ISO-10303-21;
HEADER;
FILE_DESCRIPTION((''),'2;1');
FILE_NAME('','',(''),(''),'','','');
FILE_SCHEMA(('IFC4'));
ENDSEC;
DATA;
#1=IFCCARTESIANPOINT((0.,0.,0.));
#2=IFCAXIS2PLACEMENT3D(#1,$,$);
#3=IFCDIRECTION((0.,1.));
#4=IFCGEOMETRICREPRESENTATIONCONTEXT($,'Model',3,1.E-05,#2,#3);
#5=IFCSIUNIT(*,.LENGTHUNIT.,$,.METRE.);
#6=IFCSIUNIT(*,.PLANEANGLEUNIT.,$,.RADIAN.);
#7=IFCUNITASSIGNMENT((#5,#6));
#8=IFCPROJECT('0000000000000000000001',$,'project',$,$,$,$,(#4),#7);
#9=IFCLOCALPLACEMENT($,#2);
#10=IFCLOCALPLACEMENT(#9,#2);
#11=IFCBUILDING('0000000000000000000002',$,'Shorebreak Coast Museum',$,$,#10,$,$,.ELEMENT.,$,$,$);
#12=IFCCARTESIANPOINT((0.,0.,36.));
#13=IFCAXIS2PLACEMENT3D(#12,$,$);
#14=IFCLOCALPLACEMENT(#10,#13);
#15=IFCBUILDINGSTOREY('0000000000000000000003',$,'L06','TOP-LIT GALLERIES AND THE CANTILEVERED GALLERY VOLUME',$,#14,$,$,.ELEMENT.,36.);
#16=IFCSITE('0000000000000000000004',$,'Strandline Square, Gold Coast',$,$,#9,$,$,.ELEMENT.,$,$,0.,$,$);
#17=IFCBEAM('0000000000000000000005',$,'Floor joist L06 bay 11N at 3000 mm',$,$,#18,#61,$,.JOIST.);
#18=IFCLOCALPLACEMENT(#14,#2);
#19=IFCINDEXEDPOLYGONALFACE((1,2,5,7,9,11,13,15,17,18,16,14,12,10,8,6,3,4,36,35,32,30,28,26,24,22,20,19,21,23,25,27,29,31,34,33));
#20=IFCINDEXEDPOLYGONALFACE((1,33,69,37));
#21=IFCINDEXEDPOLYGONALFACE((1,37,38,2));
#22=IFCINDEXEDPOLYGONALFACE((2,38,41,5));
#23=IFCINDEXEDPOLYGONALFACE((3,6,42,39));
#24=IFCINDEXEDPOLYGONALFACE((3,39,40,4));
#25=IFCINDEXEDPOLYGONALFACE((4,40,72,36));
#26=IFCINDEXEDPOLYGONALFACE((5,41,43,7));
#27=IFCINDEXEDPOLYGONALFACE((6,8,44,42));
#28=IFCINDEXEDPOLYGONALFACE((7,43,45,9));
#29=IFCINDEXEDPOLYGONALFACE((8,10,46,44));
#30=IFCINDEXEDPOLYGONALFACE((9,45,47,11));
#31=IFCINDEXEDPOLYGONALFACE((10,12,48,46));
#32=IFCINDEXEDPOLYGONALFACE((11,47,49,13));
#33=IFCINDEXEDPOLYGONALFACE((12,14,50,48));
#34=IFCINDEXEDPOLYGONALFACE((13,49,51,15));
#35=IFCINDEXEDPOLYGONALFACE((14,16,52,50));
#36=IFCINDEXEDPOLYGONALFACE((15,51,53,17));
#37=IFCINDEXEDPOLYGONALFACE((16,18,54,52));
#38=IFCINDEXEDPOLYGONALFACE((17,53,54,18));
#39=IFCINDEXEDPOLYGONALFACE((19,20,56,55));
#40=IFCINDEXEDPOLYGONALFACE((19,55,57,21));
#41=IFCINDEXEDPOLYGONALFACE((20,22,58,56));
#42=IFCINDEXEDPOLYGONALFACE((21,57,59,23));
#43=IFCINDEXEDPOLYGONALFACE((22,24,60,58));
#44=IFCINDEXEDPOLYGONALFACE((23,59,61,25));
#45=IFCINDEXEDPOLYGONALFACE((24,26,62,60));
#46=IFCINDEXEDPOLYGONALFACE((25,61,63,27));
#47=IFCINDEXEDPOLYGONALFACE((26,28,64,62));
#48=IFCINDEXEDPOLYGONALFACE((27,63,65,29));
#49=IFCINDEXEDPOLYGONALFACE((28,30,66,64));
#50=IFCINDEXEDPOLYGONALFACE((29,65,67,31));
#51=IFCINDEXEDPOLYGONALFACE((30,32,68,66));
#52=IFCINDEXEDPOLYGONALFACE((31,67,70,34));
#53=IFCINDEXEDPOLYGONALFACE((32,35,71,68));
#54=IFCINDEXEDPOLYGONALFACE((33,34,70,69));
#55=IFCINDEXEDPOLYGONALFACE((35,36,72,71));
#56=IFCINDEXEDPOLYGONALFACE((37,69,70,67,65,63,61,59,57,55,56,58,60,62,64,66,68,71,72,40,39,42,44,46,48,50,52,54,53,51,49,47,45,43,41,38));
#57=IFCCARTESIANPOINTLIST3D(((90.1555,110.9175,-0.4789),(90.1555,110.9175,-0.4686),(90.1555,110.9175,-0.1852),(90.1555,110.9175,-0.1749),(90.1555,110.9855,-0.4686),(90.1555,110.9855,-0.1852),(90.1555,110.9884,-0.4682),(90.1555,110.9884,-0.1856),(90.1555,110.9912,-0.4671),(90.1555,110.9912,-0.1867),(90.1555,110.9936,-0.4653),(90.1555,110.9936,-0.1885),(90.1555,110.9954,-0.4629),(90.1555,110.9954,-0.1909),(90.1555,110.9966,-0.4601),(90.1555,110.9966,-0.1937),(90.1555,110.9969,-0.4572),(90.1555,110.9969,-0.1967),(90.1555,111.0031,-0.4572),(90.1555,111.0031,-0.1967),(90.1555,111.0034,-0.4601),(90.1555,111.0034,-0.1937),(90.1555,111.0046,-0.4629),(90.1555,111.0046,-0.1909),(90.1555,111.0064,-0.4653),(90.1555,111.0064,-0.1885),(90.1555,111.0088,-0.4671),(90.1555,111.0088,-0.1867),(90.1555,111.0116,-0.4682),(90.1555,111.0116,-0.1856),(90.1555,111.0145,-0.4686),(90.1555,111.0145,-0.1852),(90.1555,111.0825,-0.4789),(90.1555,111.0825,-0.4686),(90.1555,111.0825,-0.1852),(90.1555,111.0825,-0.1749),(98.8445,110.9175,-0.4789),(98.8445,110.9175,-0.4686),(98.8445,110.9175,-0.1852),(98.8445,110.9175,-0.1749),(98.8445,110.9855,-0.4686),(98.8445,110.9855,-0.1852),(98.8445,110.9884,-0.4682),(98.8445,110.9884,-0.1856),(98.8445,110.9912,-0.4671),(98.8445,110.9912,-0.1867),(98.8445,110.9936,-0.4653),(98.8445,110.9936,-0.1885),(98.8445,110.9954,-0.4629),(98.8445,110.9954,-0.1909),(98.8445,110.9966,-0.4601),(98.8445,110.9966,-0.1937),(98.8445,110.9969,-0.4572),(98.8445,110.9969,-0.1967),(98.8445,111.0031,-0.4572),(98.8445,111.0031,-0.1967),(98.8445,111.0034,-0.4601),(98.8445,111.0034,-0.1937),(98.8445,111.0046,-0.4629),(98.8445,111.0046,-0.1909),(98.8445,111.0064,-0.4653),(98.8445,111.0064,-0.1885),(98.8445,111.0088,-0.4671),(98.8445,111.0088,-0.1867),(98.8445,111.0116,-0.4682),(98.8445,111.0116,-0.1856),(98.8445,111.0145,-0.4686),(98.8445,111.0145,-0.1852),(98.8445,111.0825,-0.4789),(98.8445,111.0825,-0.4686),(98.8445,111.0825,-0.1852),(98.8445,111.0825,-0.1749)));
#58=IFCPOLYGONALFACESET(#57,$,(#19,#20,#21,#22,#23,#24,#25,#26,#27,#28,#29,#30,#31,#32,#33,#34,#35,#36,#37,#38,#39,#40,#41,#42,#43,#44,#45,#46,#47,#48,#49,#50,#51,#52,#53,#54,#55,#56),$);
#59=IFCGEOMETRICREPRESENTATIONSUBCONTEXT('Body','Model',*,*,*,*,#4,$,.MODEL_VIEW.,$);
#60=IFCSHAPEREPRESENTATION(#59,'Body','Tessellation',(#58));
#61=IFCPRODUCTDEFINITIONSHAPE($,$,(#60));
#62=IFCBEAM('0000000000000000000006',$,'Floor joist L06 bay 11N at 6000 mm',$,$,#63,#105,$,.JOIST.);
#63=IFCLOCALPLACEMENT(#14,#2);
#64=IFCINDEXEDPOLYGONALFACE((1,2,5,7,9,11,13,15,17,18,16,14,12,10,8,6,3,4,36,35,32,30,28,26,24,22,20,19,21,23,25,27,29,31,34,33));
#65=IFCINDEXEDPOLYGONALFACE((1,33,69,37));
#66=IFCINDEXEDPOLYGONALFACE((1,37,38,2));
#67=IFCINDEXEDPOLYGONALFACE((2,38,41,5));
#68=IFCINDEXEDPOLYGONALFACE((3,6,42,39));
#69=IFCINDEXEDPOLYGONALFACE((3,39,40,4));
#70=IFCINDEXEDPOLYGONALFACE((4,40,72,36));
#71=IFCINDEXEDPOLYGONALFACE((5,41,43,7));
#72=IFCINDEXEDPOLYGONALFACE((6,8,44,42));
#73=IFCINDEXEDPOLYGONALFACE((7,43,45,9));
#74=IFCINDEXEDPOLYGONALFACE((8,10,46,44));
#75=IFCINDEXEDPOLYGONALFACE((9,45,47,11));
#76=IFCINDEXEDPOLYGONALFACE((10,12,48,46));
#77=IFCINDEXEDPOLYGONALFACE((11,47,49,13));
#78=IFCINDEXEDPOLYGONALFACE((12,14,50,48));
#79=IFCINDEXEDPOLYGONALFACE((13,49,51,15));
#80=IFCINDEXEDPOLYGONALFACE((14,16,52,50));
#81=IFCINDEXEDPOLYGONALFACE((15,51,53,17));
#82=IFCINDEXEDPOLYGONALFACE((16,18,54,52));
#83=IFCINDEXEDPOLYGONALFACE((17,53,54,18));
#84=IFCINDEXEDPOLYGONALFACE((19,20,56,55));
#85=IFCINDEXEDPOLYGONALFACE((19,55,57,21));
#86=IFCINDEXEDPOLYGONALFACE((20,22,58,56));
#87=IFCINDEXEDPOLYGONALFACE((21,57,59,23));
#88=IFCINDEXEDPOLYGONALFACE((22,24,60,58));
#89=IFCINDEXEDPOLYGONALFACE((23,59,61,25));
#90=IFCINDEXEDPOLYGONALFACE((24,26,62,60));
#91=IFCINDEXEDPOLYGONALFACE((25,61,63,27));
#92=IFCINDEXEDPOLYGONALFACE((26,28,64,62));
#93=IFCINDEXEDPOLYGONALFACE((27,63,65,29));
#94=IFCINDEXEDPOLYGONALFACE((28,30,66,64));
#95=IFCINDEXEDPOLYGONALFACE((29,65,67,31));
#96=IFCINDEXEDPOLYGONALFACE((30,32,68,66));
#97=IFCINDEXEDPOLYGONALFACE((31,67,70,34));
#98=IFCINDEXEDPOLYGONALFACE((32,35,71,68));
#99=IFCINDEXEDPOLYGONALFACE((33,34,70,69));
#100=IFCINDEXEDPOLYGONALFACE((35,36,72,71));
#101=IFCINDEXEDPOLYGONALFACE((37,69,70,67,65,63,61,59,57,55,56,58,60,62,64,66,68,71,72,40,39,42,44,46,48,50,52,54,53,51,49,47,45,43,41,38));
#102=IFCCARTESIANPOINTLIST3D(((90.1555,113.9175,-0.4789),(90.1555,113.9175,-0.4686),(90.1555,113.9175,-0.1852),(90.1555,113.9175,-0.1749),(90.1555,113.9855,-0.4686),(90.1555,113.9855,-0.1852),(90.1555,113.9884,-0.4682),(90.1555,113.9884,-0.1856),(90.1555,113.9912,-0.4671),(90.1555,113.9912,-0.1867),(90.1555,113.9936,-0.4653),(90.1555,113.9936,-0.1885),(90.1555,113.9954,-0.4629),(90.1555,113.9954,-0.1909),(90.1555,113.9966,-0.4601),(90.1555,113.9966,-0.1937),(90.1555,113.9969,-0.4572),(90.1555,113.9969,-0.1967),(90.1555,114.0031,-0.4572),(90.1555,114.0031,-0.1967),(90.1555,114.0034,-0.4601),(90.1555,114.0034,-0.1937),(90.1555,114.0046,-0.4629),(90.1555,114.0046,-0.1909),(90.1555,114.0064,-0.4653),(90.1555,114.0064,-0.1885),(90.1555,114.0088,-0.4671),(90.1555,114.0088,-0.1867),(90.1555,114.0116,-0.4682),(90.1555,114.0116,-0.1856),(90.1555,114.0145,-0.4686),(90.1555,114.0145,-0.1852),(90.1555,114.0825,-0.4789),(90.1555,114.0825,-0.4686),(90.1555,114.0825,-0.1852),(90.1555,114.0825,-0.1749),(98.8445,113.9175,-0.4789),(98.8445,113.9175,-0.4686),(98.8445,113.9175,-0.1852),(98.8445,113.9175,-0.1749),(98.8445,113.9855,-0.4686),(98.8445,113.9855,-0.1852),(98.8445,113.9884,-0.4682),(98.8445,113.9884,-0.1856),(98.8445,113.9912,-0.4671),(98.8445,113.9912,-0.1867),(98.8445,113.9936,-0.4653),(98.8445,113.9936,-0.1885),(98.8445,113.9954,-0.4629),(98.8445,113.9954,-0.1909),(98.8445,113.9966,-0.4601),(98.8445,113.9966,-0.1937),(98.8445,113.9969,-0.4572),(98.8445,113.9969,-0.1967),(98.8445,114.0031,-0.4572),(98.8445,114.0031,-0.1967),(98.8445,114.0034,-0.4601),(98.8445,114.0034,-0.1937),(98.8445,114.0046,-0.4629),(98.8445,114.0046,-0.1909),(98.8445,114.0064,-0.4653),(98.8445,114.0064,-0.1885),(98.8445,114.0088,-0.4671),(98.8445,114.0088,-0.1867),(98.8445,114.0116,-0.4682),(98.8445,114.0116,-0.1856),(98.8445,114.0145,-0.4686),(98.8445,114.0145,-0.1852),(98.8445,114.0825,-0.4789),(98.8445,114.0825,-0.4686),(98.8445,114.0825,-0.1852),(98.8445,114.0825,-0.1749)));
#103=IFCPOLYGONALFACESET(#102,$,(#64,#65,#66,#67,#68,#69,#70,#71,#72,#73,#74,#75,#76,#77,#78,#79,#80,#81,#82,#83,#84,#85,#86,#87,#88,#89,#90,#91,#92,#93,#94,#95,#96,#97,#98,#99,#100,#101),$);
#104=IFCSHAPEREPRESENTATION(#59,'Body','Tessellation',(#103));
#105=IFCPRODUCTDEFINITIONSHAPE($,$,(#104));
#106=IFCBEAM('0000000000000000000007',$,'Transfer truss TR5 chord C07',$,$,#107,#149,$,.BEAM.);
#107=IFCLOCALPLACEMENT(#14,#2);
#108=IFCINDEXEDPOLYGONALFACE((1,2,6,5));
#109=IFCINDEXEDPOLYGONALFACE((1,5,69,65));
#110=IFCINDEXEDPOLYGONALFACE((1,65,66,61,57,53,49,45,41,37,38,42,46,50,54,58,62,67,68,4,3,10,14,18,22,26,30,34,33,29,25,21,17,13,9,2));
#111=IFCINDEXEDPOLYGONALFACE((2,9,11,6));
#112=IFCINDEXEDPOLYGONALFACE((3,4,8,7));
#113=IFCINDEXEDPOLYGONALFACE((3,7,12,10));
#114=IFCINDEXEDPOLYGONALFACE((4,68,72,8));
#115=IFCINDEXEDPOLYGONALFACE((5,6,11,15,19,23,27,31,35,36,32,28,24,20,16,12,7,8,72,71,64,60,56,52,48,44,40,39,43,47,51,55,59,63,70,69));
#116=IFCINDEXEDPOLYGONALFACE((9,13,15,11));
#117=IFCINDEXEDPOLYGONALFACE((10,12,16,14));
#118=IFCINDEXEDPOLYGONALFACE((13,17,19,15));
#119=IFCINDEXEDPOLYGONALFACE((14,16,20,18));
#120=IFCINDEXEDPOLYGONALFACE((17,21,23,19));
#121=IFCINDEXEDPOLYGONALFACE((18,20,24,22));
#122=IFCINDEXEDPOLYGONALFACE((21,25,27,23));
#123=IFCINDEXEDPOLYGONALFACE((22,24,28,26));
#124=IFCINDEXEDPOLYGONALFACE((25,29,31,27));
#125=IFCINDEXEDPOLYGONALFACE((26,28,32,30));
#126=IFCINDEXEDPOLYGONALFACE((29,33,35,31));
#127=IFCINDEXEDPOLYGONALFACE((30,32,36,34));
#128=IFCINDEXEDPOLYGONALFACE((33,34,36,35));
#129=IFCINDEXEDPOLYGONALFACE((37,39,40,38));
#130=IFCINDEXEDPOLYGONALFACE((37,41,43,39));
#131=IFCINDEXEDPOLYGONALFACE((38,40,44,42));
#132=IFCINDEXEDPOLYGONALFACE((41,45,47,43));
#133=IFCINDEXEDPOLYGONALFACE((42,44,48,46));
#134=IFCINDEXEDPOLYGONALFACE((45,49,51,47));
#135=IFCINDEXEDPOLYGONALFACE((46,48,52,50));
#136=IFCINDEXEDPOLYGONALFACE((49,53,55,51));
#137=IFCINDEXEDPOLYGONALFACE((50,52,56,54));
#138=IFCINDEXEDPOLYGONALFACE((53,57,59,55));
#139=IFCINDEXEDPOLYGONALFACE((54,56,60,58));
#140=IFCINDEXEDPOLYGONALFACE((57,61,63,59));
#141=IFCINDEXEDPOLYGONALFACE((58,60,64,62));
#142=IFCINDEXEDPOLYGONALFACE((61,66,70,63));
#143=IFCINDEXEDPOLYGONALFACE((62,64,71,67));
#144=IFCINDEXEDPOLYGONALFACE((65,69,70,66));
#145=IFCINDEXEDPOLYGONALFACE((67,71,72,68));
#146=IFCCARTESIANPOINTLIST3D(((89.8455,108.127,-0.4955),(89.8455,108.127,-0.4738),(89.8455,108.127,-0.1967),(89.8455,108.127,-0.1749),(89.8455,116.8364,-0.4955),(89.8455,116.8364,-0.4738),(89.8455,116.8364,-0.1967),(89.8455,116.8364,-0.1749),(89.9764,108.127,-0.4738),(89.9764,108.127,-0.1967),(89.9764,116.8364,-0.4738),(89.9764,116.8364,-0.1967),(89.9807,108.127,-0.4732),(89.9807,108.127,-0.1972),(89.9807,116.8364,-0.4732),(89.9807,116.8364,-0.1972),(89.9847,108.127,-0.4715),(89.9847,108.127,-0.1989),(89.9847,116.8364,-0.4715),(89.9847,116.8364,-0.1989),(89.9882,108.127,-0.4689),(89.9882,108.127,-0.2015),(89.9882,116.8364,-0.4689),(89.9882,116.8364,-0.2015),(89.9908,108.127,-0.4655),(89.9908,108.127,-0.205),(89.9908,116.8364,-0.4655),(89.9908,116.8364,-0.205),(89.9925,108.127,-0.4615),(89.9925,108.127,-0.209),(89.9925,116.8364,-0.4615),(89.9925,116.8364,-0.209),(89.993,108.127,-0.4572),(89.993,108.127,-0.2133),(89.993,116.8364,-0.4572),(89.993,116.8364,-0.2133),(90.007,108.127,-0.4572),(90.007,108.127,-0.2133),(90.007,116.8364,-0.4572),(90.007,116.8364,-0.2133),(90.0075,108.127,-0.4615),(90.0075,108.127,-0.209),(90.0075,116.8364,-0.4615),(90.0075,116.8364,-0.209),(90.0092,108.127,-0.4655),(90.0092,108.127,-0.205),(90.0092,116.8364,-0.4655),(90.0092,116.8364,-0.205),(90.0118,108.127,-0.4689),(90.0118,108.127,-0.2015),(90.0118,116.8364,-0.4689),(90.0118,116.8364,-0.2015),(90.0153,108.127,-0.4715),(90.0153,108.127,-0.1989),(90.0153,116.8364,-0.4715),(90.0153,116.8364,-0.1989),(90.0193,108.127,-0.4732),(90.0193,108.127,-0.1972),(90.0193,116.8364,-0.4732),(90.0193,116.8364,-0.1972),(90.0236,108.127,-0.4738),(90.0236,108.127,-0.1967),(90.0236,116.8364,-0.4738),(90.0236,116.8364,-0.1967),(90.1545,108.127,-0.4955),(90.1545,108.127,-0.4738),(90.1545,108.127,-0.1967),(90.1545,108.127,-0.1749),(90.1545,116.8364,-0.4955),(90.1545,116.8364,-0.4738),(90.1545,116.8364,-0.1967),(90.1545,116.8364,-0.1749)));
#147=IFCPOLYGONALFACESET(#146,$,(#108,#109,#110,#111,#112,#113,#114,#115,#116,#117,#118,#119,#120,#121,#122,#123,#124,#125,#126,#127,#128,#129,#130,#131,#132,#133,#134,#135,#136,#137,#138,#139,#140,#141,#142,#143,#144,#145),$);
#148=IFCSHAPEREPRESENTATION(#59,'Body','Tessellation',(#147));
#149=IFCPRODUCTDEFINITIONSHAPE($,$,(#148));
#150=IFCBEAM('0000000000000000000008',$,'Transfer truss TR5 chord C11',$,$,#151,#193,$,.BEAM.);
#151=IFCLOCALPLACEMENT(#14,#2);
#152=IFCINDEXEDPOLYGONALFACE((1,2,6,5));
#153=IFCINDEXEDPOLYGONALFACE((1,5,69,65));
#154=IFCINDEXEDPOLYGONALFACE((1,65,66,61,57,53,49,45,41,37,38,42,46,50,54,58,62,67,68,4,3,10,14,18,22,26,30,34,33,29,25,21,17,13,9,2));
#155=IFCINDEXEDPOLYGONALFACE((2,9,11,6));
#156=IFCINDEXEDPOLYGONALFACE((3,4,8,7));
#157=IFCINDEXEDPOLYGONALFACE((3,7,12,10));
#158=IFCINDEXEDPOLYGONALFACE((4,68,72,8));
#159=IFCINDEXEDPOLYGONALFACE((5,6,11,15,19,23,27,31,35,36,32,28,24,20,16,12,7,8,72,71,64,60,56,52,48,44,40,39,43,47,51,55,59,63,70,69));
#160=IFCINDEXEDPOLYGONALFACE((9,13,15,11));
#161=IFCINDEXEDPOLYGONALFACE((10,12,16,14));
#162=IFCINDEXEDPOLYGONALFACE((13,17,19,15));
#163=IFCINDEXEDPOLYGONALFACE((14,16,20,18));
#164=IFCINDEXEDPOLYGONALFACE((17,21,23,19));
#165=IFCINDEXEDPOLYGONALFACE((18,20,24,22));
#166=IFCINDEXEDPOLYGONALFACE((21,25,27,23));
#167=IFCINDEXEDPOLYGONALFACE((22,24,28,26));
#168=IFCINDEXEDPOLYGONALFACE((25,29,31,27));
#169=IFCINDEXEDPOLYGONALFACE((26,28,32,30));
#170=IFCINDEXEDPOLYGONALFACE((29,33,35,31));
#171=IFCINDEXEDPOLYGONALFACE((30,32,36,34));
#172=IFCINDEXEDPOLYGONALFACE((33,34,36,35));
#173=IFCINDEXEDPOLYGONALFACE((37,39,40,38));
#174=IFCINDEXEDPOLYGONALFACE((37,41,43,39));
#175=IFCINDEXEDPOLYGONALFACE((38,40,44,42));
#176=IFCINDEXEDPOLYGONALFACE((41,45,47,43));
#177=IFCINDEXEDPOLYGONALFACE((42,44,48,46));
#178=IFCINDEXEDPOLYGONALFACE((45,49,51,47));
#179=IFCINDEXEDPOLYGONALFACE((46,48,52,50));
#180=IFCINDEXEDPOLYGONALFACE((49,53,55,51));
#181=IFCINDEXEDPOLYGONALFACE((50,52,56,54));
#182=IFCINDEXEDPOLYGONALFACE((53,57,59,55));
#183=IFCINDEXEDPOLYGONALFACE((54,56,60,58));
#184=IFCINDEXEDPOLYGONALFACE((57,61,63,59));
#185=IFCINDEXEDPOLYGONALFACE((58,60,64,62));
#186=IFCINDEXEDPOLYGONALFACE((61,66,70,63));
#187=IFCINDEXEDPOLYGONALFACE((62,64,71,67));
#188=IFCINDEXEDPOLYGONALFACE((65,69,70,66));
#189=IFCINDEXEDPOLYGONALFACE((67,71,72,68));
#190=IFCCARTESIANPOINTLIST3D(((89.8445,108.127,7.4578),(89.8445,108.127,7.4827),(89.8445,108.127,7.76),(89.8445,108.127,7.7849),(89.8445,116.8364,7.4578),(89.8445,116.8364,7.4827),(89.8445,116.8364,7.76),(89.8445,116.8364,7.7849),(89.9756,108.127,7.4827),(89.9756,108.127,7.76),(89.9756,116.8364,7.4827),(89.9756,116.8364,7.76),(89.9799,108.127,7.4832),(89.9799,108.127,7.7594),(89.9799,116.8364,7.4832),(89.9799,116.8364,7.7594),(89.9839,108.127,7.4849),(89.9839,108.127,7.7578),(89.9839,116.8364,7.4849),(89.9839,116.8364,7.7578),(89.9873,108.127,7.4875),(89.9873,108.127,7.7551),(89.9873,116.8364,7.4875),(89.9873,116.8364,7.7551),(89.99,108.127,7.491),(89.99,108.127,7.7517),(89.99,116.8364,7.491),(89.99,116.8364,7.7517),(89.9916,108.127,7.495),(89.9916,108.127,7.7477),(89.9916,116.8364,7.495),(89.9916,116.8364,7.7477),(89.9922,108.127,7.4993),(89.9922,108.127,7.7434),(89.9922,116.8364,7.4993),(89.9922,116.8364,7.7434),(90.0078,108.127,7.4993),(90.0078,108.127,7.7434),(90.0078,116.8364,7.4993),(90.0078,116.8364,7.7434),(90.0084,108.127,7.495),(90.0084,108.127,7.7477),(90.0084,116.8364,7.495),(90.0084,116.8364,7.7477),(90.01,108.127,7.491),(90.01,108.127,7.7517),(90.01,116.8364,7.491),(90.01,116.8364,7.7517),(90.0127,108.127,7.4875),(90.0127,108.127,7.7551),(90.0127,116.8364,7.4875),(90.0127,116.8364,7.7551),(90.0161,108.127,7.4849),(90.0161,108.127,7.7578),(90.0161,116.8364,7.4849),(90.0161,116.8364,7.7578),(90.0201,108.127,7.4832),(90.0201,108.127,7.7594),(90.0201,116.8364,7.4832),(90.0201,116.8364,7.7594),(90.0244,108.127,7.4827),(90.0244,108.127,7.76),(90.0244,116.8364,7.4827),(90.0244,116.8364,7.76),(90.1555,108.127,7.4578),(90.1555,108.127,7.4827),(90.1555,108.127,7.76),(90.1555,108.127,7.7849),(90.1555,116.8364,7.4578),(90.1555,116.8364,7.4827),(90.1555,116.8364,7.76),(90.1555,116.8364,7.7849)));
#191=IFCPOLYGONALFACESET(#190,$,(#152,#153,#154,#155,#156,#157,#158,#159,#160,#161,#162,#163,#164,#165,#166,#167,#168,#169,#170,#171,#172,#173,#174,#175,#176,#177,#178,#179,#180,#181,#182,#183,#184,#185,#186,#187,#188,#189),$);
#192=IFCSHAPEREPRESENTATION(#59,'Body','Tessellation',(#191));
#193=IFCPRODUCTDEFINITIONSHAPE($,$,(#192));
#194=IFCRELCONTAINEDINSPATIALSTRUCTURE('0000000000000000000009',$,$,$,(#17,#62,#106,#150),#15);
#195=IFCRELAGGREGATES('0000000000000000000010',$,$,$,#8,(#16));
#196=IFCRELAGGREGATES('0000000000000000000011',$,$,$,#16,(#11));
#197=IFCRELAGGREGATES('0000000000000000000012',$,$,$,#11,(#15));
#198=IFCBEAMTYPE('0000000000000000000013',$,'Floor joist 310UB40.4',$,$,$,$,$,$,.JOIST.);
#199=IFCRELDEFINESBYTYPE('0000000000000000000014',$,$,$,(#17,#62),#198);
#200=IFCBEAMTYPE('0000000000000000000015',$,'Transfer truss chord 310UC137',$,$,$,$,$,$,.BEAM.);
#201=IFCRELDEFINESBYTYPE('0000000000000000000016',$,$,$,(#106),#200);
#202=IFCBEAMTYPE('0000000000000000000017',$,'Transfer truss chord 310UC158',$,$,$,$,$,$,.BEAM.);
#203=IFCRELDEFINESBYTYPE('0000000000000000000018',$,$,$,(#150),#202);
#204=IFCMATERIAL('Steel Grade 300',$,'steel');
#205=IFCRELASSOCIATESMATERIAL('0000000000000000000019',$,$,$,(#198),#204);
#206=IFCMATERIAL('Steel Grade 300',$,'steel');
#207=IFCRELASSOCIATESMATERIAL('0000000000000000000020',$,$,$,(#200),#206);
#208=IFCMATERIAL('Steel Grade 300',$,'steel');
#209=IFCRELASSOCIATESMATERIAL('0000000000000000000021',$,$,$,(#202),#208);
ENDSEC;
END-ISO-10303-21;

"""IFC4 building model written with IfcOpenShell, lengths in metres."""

from ifc_helpers import new_model, si_unit, direction, frame, origin, origin_2d, place, context, subcontext, project, spatial, i_section, extrude, material, material_profile, profile_set, type_object, element, save


model = new_model("IFC4")

# Units and contexts
model_context = context("Model", 3, precision=1e-05, world=origin(), true_north=direction((0.0, 1.0)))
body_context = subcontext(model_context, "Body", "Model", "MODEL_VIEW")
ifc_project = project(units=[si_unit("LENGTHUNIT", "METRE"), si_unit("PLANEANGLEUNIT", "RADIAN")], contexts=[model_context])

# Site, building, storey
site_placement = place(None, origin())
site = spatial("IfcSite", under=ifc_project, at=site_placement, Name="Strandline Square, Gold Coast", CompositionType="ELEMENT", RefElevation=0.0)
building_placement = place(site_placement, origin())
building = spatial("IfcBuilding", under=site, at=building_placement, Name="Shorebreak Coast Museum", CompositionType="ELEMENT")
storey_placement = place(building_placement, frame((0.0, 0.0, 36.0)))
storey = spatial("IfcBuildingStorey", under=building, at=storey_placement, Name="L06", Description="TOP-LIT GALLERIES AND THE CANTILEVERED GALLERY VOLUME", CompositionType="ELEMENT", Elevation=36.0)

# Beams
ifc_material_1 = material(Name="Steel Grade 300", Category="steel")
ifc_material_profile_1 = material_profile(ifc_material_1, i_section(OverallWidth=0.165, OverallDepth=0.304, WebThickness=0.0061, FlangeThickness=0.0103, FilletRadius=0.0115, at=origin_2d()), Name="310UB40.4")
ifc_profile_set_1 = profile_set([ifc_material_profile_1], Name="Steel Grade 300")
beam_type_1 = type_object("IfcBeamType", Name="Floor joist 310UB40.4", PredefinedType="JOIST", material=ifc_profile_set_1)
for number, where, z_axis, x_axis, name in (
    (1, (90.1555, 111.0, -0.3269), (1.0, 0.0, 0.0), (0.0, 1.0, 0.0), "Floor joist L06 bay 11N at 3000 mm"),
    (2, (90.1555, 114.0, -0.3269), (1.0, 0.0, 0.0), (0.0, 1.0, 0.0), "Floor joist L06 bay 11N at 6000 mm"),
):
    element("IfcBeam", number, at=place(storey_placement, frame(where, z_axis=z_axis, x_axis=x_axis)), inside=storey, type_object=beam_type_1, Name=name, PredefinedType="JOIST", context=body_context, shape_type="SweptSolid", body=[
        extrude(i_section(OverallWidth=0.165, OverallDepth=0.304, WebThickness=0.0061, FlangeThickness=0.0103, FilletRadius=0.0115, at=origin_2d()), origin(), (0.0, 0.0, 1.0), 8.689),
    ])
ifc_material_2 = material(Name="Steel Grade 300", Category="steel")
ifc_material_profile_2 = material_profile(ifc_material_2, i_section(OverallWidth=0.3091, OverallDepth=0.3206, WebThickness=0.0139, FlangeThickness=0.0217, FilletRadius=0.0166, at=origin_2d()), Name="310UC137")
ifc_profile_set_2 = profile_set([ifc_material_profile_2], Name="Steel Grade 300")
beam_type_2 = type_object("IfcBeamType", Name="Transfer truss chord 310UC137", PredefinedType="BEAM", material=ifc_profile_set_2)
beam_1_placement = place(storey_placement, frame((90.0, 108.127, -0.3352), z_axis=(0.0, 1.0, 0.0), x_axis=(-1.0, 0.0, 0.0)))
element("IfcBeam", 3, at=beam_1_placement, inside=storey, type_object=beam_type_2, Name="Transfer truss TR5 chord C07", PredefinedType="BEAM", context=body_context, shape_type="SweptSolid", body=[
    extrude(i_section(OverallWidth=0.3091, OverallDepth=0.3206, WebThickness=0.0139, FlangeThickness=0.0217, FilletRadius=0.0166, at=origin_2d()), origin(), (0.0, 0.0, 1.0), 8.7095),
])
ifc_material_3 = material(Name="Steel Grade 300", Category="steel")
ifc_material_profile_3 = material_profile(ifc_material_3, i_section(OverallWidth=0.311, OverallDepth=0.3271, WebThickness=0.0156, FlangeThickness=0.0249, FilletRadius=0.0166, at=origin_2d()), Name="310UC158")
ifc_profile_set_3 = profile_set([ifc_material_profile_3], Name="Steel Grade 300")
beam_type_3 = type_object("IfcBeamType", Name="Transfer truss chord 310UC158", PredefinedType="BEAM", material=ifc_profile_set_3)
beam_2_placement = place(storey_placement, frame((90.0, 108.127, 7.6213), z_axis=(0.0, 1.0, 0.0), x_axis=(-1.0, 0.0, 0.0)))
element("IfcBeam", 4, at=beam_2_placement, inside=storey, type_object=beam_type_3, Name="Transfer truss TR5 chord C11", PredefinedType="BEAM", context=body_context, shape_type="SweptSolid", body=[
    extrude(i_section(OverallWidth=0.311, OverallDepth=0.3271, WebThickness=0.0156, FlangeThickness=0.0249, FilletRadius=0.0166, at=origin_2d()), origin(), (0.0, 0.0, 1.0), 8.7095),
])

save(model, "model.ifc")
